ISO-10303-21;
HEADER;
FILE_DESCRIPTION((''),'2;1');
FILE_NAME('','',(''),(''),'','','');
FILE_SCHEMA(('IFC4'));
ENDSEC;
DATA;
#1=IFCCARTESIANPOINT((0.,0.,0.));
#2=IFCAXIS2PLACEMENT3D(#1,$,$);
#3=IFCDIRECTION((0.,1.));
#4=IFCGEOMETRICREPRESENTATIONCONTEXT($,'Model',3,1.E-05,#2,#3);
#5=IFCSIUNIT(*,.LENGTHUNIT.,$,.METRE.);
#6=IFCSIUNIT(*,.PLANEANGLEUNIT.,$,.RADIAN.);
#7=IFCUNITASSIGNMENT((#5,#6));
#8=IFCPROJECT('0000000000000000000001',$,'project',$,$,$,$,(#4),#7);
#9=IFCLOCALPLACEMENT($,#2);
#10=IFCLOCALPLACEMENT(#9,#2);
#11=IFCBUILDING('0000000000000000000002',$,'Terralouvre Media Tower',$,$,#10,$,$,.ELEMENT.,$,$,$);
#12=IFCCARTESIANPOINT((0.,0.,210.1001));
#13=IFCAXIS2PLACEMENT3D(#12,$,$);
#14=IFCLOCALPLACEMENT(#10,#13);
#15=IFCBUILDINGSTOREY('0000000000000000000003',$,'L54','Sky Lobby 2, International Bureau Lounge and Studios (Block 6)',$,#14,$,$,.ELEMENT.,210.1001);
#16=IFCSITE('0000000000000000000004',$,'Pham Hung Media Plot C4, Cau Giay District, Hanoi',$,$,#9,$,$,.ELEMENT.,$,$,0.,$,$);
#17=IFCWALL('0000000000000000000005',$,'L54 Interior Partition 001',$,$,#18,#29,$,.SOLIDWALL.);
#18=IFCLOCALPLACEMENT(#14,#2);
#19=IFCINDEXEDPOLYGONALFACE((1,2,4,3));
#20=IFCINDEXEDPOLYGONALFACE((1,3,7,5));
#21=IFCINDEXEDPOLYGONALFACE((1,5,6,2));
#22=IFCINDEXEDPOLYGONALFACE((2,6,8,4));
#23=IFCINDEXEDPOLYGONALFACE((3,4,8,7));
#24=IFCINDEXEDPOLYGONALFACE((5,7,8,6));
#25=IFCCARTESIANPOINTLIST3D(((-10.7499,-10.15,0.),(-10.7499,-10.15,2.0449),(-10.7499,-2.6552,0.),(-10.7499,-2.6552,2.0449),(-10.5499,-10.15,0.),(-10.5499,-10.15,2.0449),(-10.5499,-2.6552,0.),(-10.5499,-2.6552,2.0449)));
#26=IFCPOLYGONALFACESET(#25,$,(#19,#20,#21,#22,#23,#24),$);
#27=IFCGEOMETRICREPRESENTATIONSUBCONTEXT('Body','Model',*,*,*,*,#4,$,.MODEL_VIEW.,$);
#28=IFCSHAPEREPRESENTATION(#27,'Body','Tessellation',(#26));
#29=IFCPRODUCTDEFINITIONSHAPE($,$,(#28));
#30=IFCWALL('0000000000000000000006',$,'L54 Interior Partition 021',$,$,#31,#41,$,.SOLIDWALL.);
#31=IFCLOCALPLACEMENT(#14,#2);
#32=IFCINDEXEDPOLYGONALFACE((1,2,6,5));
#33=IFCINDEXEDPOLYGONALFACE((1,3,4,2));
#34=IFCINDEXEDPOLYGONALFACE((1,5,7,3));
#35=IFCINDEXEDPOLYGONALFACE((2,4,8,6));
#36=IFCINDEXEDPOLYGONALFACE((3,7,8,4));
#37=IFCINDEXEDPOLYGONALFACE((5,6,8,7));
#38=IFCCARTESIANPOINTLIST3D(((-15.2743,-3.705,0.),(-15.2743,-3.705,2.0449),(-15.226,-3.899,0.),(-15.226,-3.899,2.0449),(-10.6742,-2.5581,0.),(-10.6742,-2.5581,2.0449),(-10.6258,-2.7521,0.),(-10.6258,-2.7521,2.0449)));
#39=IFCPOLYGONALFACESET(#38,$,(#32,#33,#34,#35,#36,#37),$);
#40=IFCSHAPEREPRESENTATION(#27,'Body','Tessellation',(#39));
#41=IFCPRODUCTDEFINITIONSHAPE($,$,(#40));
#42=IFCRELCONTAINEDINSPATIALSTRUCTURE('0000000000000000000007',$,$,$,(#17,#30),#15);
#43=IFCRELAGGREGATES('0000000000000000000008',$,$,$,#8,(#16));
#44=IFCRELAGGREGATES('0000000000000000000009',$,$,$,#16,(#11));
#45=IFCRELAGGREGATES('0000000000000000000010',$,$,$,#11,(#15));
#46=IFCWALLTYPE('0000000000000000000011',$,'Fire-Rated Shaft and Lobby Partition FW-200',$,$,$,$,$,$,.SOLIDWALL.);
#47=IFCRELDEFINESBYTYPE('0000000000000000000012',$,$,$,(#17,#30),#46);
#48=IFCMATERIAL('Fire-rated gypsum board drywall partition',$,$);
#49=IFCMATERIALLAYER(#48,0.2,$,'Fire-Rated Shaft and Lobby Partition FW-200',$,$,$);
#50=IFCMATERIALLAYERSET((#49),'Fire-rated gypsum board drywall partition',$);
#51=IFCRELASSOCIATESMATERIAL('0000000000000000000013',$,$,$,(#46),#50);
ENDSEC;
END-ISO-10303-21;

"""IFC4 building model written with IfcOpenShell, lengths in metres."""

from ifc_helpers import new_model, si_unit, direction, frame, frame_2d, origin, place, context, subcontext, project, spatial, rectangle, extrude, material, layer, layer_set, type_object, element, save


model = new_model("IFC4")

# Units and contexts
model_context = context("Model", 3, precision=1e-05, world=origin(), true_north=direction((0.0, 1.0)))
body_context = subcontext(model_context, "Body", "Model", "MODEL_VIEW")
ifc_project = project(units=[si_unit("LENGTHUNIT", "METRE"), si_unit("PLANEANGLEUNIT", "RADIAN")], contexts=[model_context])

# Site, building, storey
site_placement = place(None, origin())
site = spatial("IfcSite", under=ifc_project, at=site_placement, Name="Pham Hung Media Plot C4, Cau Giay District, Hanoi", CompositionType="ELEMENT", RefElevation=0.0)
building_placement = place(site_placement, origin())
building = spatial("IfcBuilding", under=site, at=building_placement, Name="Terralouvre Media Tower", CompositionType="ELEMENT")
storey_placement = place(building_placement, frame((0.0, 0.0, 210.1001)))
storey = spatial("IfcBuildingStorey", under=building, at=storey_placement, Name="L54", Description="Sky Lobby 2, International Bureau Lounge and Studios (Block 6)", CompositionType="ELEMENT", Elevation=210.1001)

# Walls
ifc_material_1 = material(Name="Fire-rated gypsum board drywall partition")
ifc_layer_1 = layer(ifc_material_1, 0.2, Name="Fire-Rated Shaft and Lobby Partition FW-200")
ifc_layer_set_1 = layer_set([ifc_layer_1], Name="Fire-rated gypsum board drywall partition")
wall_type_1 = type_object("IfcWallType", Name="Fire-Rated Shaft and Lobby Partition FW-200", PredefinedType="SOLIDWALL", material=ifc_layer_set_1)
wall_1_placement = place(storey_placement, frame((-10.6499, -2.655, 0.0), z_axis=(0.0, 0.0, 1.0), x_axis=(0.0, -1.0, 0.0)))
element("IfcWall", 1, at=wall_1_placement, inside=storey, type_object=wall_type_1, Name="L54 Interior Partition 001", PredefinedType="SOLIDWALL", context=body_context, shape_type="SweptSolid", body=[
    extrude(rectangle(XDim=7.4949, YDim=0.2, at=frame_2d((3.7476, 0.0))), origin(), (0.0, 0.0, 1.0), 2.0449),
])
wall_2_placement = place(storey_placement, frame((-10.6499, -2.655, 0.0), z_axis=(0.0, 0.0, 1.0), x_axis=(-0.970294, -0.24193, 0.0)))
element("IfcWall", 2, at=wall_2_placement, inside=storey, type_object=wall_type_1, Name="L54 Interior Partition 021", PredefinedType="SOLIDWALL", context=body_context, shape_type="SweptSolid", body=[
    extrude(rectangle(XDim=4.741, YDim=0.2, at=frame_2d((2.3706, 0.0))), origin(), (0.0, 0.0, 1.0), 2.0449),
])

save(model, "model.ifc")
